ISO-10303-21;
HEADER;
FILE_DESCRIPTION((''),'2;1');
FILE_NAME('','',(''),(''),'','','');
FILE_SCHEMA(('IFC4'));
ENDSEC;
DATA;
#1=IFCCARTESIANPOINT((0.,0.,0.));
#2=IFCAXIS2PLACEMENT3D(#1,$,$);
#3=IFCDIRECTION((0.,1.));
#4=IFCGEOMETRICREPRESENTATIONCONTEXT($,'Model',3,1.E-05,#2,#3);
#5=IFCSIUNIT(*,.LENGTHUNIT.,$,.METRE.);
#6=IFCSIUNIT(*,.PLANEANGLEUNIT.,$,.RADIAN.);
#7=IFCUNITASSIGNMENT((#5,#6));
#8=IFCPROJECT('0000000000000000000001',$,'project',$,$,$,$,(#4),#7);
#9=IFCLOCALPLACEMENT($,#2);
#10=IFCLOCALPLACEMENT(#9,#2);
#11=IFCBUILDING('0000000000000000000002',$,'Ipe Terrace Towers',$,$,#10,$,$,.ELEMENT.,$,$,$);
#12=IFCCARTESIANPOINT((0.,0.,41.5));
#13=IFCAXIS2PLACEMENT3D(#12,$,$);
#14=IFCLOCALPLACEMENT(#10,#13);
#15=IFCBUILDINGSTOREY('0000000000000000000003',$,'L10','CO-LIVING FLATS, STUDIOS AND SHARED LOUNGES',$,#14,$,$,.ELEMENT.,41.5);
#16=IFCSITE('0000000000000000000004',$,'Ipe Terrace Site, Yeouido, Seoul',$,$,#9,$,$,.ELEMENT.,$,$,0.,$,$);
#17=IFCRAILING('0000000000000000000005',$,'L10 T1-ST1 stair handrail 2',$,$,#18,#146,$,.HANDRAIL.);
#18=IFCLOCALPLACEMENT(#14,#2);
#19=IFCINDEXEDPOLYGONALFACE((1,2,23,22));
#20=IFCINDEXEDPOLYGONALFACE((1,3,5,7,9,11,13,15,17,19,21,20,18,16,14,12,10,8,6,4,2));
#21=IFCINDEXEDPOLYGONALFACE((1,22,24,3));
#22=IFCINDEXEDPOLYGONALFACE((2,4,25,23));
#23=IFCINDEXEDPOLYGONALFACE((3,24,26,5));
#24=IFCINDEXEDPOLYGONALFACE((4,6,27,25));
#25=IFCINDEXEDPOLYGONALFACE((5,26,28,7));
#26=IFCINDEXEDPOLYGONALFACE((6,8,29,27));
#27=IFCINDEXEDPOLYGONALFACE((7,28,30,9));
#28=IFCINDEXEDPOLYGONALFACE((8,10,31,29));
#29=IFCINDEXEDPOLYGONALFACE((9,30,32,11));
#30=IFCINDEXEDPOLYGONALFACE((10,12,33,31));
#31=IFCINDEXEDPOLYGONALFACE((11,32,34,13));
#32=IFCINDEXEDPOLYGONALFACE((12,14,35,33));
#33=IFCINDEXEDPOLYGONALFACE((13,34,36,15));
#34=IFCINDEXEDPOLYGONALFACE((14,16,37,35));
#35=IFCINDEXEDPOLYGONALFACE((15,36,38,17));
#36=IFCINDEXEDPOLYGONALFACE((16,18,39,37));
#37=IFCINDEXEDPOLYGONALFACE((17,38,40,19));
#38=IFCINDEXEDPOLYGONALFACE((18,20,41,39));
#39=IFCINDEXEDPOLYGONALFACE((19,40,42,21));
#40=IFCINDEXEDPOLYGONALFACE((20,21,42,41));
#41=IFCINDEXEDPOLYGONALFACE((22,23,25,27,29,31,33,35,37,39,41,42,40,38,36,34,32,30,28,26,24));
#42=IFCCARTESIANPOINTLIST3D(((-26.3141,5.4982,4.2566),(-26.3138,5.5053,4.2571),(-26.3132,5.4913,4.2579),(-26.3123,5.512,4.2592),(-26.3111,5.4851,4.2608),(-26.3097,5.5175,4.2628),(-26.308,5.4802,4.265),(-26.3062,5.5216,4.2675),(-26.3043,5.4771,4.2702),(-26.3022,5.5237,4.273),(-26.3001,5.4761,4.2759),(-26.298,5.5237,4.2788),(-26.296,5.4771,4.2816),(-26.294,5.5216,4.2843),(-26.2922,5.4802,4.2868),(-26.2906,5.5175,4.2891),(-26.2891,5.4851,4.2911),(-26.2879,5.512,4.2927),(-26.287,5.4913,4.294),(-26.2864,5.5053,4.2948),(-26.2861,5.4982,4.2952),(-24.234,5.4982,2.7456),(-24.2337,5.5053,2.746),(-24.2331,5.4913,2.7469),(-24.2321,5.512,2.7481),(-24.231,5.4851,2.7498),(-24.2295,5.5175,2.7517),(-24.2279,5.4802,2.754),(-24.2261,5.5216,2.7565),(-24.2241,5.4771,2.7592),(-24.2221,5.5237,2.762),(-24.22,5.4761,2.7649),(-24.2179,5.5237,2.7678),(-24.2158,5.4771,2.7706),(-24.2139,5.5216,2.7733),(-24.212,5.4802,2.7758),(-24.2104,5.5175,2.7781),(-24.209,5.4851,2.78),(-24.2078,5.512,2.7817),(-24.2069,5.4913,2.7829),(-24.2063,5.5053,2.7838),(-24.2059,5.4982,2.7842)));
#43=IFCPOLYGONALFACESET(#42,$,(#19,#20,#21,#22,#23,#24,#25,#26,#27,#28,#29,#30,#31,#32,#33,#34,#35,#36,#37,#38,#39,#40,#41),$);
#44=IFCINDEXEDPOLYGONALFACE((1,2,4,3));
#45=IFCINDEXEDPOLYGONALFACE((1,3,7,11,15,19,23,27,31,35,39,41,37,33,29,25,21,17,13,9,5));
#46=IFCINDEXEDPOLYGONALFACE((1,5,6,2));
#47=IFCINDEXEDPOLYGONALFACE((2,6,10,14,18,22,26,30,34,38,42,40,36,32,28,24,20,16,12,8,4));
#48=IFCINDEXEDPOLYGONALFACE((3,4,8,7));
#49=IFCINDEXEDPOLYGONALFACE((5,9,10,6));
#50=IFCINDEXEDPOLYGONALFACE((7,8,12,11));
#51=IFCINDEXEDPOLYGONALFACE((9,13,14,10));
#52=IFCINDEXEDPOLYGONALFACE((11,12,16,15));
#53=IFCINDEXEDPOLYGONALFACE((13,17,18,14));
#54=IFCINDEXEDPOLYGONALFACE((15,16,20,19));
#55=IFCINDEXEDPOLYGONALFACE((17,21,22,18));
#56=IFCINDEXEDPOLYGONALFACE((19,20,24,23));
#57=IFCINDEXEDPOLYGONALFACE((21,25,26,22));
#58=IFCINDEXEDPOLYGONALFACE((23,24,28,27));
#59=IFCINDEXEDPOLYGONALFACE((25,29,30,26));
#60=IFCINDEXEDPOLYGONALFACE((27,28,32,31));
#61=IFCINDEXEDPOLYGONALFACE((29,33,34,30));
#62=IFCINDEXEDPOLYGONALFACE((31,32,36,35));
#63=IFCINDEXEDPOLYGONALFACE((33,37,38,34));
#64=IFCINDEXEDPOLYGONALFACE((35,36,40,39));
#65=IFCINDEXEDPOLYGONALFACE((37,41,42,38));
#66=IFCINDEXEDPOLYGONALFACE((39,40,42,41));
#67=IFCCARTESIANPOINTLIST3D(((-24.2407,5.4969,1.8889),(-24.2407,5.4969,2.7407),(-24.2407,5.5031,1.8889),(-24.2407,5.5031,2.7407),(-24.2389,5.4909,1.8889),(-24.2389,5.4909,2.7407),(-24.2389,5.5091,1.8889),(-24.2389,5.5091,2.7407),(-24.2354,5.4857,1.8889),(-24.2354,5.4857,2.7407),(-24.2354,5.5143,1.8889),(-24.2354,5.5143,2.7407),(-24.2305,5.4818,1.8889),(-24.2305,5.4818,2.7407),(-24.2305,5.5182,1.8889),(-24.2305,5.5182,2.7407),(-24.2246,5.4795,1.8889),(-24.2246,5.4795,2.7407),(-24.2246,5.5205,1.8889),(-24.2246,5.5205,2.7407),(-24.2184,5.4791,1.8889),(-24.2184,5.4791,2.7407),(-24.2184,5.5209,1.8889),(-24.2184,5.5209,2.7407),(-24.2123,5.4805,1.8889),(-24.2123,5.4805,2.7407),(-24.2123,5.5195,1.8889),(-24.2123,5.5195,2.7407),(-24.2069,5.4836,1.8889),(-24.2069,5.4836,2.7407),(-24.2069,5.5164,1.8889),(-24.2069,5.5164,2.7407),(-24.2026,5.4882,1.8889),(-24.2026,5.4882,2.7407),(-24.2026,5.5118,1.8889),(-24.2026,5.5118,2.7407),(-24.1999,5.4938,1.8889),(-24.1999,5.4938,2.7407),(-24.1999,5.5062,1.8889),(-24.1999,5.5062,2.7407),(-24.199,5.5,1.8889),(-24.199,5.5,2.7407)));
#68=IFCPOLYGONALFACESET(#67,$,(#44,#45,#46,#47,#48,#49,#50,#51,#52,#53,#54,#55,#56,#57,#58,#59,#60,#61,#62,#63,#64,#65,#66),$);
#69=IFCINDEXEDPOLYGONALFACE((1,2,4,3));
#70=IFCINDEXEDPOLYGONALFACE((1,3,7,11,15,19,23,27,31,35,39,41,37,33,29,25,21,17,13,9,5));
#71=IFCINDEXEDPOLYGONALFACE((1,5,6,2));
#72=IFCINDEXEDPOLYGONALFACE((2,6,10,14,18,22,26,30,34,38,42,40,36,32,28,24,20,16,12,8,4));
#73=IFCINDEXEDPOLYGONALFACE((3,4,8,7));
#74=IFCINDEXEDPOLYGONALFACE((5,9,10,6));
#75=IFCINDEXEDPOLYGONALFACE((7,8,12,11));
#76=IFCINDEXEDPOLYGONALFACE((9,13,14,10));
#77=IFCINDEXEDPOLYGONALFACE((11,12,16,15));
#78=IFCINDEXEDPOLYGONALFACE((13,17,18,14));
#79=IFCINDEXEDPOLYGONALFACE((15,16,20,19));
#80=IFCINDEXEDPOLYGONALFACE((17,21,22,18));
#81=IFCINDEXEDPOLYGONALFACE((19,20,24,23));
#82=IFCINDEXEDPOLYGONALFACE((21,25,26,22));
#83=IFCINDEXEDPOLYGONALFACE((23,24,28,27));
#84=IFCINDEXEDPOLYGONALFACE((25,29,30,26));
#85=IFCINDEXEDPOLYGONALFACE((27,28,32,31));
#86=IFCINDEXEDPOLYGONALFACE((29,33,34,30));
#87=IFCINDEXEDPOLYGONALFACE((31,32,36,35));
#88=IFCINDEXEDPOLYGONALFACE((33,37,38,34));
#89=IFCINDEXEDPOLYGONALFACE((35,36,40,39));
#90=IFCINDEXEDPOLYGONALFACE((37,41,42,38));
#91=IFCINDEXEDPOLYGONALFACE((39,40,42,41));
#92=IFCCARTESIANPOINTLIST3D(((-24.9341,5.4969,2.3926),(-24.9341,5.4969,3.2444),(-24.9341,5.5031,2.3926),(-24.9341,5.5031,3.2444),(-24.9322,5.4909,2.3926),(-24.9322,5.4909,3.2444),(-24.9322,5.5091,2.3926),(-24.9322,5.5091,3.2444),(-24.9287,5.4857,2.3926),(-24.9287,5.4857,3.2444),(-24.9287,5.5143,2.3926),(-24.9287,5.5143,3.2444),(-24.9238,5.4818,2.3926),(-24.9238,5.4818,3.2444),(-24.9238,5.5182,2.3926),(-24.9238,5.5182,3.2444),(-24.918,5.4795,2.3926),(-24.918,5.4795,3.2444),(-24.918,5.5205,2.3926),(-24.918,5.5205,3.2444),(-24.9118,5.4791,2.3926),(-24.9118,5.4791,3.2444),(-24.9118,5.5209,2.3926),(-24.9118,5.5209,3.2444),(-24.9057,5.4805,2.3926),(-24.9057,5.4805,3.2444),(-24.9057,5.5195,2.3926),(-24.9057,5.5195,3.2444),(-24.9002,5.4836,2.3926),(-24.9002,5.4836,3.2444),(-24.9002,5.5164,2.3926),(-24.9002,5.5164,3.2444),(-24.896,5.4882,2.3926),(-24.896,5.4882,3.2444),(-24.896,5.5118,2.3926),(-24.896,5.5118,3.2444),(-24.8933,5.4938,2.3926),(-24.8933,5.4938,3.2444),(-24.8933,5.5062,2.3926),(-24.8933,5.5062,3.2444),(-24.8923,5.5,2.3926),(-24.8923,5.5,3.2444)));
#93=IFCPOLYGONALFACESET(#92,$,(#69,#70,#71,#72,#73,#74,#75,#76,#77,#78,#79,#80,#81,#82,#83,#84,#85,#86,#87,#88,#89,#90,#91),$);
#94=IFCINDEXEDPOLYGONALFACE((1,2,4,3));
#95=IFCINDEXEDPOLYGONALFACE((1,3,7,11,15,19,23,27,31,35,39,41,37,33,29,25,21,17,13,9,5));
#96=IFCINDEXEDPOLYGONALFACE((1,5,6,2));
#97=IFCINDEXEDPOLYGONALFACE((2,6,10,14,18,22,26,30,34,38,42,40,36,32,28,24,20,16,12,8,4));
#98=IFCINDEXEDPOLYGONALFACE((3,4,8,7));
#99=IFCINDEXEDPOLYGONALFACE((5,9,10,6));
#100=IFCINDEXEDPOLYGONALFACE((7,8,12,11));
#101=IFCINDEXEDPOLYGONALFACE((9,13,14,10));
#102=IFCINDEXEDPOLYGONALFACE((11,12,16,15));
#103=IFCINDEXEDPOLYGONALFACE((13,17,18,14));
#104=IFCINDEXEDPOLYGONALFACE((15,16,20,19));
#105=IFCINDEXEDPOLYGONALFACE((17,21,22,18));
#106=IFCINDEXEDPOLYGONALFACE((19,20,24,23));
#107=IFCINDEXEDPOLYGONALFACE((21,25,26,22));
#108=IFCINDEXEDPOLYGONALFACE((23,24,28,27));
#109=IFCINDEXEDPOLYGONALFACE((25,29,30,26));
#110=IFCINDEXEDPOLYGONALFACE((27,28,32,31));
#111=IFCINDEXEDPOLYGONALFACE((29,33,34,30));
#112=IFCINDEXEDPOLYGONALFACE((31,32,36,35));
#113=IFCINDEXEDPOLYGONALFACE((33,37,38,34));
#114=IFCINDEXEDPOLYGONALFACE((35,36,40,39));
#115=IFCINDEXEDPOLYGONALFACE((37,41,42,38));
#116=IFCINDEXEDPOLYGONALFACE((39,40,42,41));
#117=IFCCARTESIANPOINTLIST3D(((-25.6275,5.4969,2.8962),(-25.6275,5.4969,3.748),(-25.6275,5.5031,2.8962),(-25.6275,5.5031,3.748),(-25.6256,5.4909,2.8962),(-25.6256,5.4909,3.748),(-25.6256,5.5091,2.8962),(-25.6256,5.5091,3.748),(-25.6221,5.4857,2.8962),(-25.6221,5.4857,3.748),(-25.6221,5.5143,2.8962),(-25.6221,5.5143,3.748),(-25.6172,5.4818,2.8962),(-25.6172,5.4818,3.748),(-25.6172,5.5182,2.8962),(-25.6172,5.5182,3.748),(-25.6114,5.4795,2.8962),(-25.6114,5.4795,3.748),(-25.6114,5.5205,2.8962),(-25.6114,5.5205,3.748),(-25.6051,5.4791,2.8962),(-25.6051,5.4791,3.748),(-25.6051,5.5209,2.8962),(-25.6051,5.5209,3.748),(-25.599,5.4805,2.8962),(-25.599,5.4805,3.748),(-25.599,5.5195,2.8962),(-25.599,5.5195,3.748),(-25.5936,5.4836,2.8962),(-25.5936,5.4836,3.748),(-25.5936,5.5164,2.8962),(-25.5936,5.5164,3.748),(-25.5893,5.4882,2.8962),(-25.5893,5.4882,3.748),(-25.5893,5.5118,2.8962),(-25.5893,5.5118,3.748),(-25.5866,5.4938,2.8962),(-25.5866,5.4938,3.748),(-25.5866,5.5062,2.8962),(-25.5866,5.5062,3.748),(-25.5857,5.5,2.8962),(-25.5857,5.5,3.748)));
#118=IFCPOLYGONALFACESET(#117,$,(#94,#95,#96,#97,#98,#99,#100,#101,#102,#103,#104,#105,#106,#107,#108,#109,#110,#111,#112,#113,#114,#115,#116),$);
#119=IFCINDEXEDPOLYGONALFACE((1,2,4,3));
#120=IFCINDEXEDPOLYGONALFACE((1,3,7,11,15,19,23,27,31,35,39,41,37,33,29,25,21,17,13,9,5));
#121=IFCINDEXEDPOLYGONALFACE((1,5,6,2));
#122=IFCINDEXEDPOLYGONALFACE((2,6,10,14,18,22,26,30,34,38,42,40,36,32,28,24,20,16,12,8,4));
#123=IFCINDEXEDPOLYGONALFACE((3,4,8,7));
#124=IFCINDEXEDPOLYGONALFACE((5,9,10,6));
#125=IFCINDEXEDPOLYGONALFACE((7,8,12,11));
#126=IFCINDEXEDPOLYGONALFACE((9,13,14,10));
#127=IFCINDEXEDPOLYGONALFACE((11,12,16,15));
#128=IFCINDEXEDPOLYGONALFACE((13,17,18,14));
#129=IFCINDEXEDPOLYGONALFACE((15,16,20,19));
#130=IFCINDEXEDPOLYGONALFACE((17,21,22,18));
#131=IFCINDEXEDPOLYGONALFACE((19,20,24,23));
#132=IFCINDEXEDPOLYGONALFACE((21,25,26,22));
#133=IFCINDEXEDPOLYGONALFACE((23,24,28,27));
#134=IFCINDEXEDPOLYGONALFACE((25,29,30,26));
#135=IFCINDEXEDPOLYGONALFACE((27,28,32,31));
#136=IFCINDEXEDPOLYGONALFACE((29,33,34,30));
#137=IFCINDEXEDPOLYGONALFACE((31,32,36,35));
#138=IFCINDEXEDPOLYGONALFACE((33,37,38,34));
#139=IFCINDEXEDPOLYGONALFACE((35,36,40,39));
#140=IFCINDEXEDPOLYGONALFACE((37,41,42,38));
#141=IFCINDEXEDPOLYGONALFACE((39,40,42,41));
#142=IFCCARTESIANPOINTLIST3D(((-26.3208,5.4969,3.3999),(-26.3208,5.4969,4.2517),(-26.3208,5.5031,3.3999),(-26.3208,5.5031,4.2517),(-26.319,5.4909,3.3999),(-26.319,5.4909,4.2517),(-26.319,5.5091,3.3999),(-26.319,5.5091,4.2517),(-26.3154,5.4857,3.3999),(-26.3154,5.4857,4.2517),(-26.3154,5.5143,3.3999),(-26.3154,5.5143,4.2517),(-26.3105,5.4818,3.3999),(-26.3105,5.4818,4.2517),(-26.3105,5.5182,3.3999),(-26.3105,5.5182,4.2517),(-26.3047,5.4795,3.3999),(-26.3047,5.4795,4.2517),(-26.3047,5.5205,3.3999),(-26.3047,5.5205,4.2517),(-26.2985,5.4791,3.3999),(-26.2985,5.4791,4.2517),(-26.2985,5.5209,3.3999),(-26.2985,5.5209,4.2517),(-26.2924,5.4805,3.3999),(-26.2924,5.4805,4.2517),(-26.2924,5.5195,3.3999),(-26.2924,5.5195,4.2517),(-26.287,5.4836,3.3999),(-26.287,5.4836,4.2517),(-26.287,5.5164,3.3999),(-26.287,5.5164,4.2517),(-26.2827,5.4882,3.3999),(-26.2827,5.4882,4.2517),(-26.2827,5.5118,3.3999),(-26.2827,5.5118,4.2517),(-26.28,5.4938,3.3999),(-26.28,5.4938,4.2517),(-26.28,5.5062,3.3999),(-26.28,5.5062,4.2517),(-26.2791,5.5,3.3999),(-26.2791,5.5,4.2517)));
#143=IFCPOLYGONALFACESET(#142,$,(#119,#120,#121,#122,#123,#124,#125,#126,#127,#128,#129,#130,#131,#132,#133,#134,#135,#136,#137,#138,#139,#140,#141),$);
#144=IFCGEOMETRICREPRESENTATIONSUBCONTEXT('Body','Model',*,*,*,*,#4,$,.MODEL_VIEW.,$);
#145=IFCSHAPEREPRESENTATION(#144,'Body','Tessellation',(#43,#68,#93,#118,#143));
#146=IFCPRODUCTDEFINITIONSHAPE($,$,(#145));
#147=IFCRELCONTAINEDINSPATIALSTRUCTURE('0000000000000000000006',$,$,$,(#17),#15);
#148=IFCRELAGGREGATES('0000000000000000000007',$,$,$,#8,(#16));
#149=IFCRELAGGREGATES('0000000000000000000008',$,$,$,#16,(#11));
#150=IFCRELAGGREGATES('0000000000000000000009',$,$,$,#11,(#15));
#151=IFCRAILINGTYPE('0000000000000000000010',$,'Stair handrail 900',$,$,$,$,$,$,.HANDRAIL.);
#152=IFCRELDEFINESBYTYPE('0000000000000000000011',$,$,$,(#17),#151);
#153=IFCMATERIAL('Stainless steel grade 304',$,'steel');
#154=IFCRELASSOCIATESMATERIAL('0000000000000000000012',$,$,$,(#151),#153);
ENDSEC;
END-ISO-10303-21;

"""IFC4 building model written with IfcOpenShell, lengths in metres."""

from ifc_helpers import new_model, si_unit, direction, frame, origin, origin_2d, place, context, subcontext, project, spatial, circle, extrude, material, type_object, element, save


model = new_model("IFC4")

# Units and contexts
model_context = context("Model", 3, precision=1e-05, world=origin(), true_north=direction((0.0, 1.0)))
body_context = subcontext(model_context, "Body", "Model", "MODEL_VIEW")
ifc_project = project(units=[si_unit("LENGTHUNIT", "METRE"), si_unit("PLANEANGLEUNIT", "RADIAN")], contexts=[model_context])

# Site, building, storey
site_placement = place(None, origin())
site = spatial("IfcSite", under=ifc_project, at=site_placement, Name="Ipe Terrace Site, Yeouido, Seoul", CompositionType="ELEMENT", RefElevation=0.0)
building_placement = place(site_placement, origin())
building = spatial("IfcBuilding", under=site, at=building_placement, Name="Ipe Terrace Towers", CompositionType="ELEMENT")
storey_placement = place(building_placement, frame((0.0, 0.0, 41.5)))
storey = spatial("IfcBuildingStorey", under=building, at=storey_placement, Name="L10", Description="CO-LIVING FLATS, STUDIOS AND SHARED LOUNGES", CompositionType="ELEMENT", Elevation=41.5)

# Railing
ifc_material_1 = material(Name="Stainless steel grade 304", Category="steel")
railing_type_1 = type_object("IfcRailingType", Name="Stair handrail 900", PredefinedType="HANDRAIL", material=ifc_material_1)
railing_1_placement = place(storey_placement, frame((-24.22, 5.5, 1.8889)))
element("IfcRailing", 1, at=railing_1_placement, inside=storey, type_object=railing_type_1, Name="L10 T1-ST1 stair handrail 2", PredefinedType="HANDRAIL", context=body_context, shape_type="SweptSolid", body=[
    extrude(circle(Radius=0.0239, at=origin_2d()), frame((0.0, 0.0, 0.876), z_axis=(-0.809069, 0.0, 0.587714), x_axis=(0.0, -1.0, 0.0)), (0.0, 0.0, 1.0), 2.571),
    extrude(circle(Radius=0.021, at=origin_2d()), origin(), (0.0, 0.0, 1.0), 0.8518),
    extrude(circle(Radius=0.021, at=origin_2d()), frame((-0.6934, 0.0, 0.5037)), (0.0, 0.0, 1.0), 0.8518),
    extrude(circle(Radius=0.021, at=origin_2d()), frame((-1.3867, 0.0, 1.0073)), (0.0, 0.0, 1.0), 0.8518),
    extrude(circle(Radius=0.021, at=origin_2d()), frame((-2.0801, 0.0, 1.511)), (0.0, 0.0, 1.0), 0.8518),
])

save(model, "model.ifc")
